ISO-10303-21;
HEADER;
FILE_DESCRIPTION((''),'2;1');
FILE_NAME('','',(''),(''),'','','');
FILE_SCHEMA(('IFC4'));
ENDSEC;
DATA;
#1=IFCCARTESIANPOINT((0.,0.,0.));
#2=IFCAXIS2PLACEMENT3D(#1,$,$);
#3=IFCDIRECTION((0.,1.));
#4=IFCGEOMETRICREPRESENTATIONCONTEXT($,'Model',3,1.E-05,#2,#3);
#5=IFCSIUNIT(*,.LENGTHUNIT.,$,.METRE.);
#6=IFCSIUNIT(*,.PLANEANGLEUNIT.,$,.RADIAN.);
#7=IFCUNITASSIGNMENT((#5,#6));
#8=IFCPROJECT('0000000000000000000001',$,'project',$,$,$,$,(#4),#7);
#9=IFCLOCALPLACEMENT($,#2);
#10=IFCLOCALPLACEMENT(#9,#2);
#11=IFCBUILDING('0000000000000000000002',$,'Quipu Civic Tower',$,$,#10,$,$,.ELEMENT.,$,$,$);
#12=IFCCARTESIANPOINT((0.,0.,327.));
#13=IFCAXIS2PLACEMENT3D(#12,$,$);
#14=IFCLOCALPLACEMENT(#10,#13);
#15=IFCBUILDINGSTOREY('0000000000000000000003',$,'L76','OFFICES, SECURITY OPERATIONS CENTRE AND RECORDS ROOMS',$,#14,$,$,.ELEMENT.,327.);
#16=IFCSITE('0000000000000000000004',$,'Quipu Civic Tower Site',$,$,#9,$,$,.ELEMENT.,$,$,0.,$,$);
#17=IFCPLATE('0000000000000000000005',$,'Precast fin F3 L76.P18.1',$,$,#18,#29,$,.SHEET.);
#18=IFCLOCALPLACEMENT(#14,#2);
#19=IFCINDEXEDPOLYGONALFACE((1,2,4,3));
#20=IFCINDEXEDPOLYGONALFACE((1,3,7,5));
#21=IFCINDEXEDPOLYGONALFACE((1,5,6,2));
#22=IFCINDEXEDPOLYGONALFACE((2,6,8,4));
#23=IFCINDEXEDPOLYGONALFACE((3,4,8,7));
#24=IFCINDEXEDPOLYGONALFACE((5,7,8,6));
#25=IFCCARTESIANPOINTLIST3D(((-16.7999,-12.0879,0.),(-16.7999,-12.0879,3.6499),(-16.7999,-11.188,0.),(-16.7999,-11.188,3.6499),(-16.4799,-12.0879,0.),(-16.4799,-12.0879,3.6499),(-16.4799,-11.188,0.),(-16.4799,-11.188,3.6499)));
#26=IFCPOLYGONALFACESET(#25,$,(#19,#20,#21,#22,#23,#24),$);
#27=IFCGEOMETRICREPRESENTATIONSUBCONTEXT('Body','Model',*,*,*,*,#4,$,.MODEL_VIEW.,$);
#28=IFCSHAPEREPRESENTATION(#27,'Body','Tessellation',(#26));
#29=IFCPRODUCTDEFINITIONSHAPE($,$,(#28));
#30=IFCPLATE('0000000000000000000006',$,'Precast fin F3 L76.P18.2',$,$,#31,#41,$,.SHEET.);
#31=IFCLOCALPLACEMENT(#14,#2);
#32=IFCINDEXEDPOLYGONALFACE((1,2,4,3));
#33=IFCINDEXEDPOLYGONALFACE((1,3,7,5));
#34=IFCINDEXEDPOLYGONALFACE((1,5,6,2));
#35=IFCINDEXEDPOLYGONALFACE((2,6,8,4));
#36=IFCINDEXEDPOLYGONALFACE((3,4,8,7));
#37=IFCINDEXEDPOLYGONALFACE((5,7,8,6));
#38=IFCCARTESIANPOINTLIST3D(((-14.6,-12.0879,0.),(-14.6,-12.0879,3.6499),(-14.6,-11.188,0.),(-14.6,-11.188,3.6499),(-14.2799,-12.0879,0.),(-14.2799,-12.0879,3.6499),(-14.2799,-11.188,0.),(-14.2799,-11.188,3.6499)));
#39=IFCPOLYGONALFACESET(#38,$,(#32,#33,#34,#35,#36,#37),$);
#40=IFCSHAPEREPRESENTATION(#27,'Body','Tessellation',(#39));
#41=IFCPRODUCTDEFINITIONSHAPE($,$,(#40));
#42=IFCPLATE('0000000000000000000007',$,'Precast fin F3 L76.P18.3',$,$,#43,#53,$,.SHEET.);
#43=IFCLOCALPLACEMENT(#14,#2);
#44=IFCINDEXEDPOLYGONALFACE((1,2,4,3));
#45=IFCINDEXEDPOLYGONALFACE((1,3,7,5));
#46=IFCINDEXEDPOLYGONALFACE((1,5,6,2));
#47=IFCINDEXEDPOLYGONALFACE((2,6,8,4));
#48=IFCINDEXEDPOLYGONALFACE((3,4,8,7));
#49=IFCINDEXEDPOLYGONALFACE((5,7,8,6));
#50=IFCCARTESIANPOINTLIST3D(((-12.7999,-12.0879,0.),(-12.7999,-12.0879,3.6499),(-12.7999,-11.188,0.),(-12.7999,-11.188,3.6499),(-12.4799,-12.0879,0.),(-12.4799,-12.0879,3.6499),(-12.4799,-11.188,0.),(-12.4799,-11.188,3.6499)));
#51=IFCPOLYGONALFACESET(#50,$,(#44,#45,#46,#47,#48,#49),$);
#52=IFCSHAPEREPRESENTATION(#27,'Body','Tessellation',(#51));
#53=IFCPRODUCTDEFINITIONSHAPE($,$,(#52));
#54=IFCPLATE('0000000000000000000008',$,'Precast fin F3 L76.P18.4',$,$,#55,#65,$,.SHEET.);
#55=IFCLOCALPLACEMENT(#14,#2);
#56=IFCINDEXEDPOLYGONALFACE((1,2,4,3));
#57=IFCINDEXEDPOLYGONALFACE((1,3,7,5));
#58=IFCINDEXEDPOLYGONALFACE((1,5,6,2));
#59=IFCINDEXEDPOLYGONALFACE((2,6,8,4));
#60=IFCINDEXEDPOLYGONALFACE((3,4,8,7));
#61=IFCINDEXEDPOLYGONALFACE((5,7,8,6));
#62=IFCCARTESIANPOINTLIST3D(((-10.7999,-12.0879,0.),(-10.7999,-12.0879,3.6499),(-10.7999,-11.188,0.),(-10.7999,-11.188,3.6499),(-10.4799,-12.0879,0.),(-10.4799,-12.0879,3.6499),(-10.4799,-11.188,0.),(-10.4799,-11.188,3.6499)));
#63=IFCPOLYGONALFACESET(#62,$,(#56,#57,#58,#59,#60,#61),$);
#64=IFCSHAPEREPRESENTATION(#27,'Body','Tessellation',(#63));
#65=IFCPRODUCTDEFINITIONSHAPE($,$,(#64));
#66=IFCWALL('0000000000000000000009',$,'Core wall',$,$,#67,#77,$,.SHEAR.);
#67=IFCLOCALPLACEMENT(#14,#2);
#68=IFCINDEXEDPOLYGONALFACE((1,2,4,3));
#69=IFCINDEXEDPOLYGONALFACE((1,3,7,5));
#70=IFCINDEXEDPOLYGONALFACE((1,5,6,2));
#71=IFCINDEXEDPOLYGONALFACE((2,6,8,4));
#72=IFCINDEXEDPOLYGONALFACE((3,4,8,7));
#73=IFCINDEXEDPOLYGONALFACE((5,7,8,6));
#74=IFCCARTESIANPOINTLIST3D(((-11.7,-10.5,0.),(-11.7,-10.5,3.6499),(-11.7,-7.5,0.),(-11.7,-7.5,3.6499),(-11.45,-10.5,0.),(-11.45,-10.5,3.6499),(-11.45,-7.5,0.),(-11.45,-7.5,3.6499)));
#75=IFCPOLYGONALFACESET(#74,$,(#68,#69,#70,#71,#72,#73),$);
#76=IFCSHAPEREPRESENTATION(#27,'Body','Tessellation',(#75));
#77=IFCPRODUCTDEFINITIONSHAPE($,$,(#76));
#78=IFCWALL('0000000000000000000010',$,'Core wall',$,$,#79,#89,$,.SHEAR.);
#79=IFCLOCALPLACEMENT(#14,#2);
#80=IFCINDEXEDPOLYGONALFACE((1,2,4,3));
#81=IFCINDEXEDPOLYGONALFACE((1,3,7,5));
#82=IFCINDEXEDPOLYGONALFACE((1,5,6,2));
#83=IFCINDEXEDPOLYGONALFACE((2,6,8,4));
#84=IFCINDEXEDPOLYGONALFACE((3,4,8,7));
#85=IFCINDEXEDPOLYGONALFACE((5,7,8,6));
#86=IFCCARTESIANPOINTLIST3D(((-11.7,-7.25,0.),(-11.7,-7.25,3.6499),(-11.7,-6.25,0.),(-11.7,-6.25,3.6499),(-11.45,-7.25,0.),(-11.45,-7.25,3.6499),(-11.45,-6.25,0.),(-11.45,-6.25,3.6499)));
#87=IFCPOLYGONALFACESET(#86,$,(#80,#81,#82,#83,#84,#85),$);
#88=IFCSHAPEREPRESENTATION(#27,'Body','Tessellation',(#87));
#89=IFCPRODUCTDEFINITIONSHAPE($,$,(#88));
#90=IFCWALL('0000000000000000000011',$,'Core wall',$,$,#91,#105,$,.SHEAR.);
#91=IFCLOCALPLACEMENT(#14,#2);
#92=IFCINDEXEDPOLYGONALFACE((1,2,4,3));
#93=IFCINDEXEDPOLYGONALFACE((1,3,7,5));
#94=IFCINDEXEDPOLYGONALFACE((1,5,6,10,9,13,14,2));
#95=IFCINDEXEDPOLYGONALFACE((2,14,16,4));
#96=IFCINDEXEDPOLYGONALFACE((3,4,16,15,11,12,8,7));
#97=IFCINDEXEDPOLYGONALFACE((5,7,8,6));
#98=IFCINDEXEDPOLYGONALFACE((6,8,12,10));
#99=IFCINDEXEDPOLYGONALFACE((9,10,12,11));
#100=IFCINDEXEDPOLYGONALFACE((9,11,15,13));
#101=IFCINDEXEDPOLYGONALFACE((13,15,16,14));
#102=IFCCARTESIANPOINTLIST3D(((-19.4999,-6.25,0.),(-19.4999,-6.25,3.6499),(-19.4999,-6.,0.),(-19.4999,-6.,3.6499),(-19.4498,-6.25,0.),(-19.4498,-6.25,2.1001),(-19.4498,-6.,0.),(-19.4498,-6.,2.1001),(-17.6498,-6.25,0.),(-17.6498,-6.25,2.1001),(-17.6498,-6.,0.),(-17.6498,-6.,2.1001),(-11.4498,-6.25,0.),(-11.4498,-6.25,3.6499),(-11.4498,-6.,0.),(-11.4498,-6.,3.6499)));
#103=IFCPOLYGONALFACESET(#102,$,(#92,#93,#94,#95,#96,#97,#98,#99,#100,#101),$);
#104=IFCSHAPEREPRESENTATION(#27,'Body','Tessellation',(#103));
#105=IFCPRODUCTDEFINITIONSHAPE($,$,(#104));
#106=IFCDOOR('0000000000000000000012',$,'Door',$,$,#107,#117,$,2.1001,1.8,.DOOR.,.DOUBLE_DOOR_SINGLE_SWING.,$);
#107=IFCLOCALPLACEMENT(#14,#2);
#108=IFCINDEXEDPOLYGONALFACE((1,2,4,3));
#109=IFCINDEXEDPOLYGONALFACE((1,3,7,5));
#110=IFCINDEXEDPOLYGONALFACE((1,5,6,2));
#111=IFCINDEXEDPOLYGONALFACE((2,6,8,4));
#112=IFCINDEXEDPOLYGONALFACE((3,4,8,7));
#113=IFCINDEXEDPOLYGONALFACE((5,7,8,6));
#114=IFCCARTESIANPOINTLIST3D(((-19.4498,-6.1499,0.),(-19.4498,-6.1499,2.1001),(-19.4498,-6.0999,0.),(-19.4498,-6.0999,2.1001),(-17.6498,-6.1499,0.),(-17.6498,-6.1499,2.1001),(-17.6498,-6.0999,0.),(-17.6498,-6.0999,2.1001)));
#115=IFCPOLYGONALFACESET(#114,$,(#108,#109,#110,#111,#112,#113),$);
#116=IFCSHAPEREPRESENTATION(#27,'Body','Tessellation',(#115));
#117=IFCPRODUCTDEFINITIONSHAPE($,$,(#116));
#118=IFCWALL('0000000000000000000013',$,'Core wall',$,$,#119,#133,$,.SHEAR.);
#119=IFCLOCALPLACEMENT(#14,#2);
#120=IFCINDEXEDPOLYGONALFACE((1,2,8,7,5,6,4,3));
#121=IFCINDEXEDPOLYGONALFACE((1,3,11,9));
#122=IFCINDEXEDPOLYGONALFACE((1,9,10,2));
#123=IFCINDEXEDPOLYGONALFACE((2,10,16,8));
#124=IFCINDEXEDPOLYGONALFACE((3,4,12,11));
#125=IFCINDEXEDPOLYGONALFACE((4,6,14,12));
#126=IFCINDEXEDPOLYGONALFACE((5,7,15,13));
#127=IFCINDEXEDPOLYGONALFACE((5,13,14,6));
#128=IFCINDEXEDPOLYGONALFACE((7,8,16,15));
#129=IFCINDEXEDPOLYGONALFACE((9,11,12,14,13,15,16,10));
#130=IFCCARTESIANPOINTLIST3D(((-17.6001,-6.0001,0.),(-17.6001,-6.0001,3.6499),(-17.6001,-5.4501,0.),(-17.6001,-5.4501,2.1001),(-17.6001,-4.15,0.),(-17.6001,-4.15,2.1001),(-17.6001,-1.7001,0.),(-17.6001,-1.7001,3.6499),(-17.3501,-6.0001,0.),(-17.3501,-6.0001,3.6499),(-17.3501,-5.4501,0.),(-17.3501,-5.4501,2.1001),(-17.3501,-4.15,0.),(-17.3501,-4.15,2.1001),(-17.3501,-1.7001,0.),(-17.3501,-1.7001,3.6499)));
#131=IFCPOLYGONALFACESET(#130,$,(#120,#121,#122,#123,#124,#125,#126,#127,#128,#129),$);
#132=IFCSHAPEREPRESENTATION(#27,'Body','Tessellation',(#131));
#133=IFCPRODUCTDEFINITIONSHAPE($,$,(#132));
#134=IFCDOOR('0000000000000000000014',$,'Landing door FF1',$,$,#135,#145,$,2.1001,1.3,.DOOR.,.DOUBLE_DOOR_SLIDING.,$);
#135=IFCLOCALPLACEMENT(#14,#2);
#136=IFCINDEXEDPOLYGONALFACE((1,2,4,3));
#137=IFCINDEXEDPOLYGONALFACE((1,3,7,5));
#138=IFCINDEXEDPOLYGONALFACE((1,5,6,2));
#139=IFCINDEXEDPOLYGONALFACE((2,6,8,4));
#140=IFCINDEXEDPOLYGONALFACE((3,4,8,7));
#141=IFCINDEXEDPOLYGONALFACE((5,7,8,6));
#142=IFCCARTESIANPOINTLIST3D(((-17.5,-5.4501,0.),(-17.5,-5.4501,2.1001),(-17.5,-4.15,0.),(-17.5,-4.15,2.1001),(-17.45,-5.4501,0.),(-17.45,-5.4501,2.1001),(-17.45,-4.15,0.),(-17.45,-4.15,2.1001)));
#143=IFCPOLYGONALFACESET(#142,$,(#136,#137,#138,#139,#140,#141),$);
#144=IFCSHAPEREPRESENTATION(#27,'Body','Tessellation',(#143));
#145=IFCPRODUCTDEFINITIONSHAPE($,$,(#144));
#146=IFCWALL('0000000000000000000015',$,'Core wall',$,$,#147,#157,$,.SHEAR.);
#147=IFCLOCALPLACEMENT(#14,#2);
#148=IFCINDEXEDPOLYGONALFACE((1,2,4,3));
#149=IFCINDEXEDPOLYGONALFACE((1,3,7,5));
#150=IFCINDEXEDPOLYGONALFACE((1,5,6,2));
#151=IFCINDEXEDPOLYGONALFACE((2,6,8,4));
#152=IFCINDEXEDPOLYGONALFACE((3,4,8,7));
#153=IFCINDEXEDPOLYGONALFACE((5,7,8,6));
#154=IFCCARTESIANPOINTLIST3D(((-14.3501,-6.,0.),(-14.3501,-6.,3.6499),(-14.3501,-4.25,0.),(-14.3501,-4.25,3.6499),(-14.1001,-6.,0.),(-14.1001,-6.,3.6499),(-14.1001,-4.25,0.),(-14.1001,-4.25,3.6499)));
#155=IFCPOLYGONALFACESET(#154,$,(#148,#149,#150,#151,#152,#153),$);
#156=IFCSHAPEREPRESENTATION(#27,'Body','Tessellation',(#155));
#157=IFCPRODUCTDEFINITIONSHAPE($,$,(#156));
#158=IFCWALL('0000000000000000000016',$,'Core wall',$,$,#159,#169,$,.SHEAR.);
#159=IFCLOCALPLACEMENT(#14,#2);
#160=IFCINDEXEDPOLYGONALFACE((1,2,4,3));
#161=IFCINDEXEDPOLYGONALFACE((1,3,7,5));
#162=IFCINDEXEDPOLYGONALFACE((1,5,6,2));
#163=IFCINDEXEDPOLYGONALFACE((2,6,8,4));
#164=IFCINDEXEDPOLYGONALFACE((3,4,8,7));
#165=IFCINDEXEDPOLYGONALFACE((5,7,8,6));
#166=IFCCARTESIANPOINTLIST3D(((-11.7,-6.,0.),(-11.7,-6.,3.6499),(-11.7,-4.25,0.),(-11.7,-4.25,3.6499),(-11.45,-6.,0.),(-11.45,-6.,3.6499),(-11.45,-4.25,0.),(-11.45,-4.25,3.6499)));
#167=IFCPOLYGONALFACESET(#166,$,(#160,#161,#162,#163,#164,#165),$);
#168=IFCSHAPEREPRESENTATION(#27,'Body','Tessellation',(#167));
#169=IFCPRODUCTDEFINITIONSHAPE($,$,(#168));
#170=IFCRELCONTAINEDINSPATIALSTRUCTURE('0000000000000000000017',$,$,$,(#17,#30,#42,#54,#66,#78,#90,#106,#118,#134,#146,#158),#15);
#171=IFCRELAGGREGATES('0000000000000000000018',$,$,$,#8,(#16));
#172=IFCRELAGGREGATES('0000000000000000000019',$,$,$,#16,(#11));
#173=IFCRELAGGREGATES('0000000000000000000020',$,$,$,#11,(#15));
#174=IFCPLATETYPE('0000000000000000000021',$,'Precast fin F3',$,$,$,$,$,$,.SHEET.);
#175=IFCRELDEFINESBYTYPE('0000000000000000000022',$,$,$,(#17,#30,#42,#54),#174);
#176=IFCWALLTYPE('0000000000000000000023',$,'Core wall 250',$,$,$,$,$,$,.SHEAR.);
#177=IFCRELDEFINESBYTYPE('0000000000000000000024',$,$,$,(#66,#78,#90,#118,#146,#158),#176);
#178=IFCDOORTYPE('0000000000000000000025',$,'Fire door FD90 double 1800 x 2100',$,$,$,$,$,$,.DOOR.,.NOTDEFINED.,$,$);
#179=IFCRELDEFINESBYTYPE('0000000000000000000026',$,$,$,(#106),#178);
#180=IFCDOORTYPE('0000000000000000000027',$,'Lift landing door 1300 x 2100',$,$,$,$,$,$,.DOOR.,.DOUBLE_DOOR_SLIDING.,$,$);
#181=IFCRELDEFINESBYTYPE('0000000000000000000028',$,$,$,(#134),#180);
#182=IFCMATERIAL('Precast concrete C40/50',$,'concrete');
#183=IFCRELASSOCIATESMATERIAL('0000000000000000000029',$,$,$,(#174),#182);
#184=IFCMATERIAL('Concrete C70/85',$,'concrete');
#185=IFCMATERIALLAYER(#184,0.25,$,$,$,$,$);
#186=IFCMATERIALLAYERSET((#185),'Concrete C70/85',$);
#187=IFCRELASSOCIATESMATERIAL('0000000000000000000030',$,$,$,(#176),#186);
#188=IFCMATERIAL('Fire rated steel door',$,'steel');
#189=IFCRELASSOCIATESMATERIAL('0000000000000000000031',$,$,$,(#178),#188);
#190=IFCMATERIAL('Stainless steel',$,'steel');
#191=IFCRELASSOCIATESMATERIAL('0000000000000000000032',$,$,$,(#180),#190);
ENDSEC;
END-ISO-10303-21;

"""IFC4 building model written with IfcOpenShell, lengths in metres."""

from ifc_helpers import new_model, si_unit, direction, frame, frame_2d, origin, origin_2d, place, context, subcontext, project, spatial, rectangle, extrude, material, layer, layer_set, type_object, element, fill, save


model = new_model("IFC4")

# Units and contexts
model_context = context("Model", 3, precision=1e-05, world=origin(), true_north=direction((0.0, 1.0)))
body_context = subcontext(model_context, "Body", "Model", "MODEL_VIEW")
ifc_project = project(units=[si_unit("LENGTHUNIT", "METRE"), si_unit("PLANEANGLEUNIT", "RADIAN")], contexts=[model_context])

# Site, building, storey
site_placement = place(None, origin())
site = spatial("IfcSite", under=ifc_project, at=site_placement, Name="Quipu Civic Tower Site", CompositionType="ELEMENT", RefElevation=0.0)
building_placement = place(site_placement, origin())
building = spatial("IfcBuilding", under=site, at=building_placement, Name="Quipu Civic Tower", CompositionType="ELEMENT")
storey_placement = place(building_placement, frame((0.0, 0.0, 327.0)))
storey = spatial("IfcBuildingStorey", under=building, at=storey_placement, Name="L76", Description="OFFICES, SECURITY OPERATIONS CENTRE AND RECORDS ROOMS", CompositionType="ELEMENT", Elevation=327.0)

# Plates
ifc_material_1 = material(Name="Precast concrete C40/50", Category="concrete")
plate_type = type_object("IfcPlateType", Name="Precast fin F3", PredefinedType="SHEET", material=ifc_material_1)
for number, where, z_axis, x_axis, name in (
    (1, (-16.6399, -11.6379, 0.0), (0.0, 0.0, 1.0), (1.0, 0.0, 0.0), "Precast fin F3 L76.P18.1"),
    (2, (-14.4399, -11.6379, 0.0), (0.0, 0.0, 1.0), (1.0, 0.0, 0.0), "Precast fin F3 L76.P18.2"),
    (3, (-12.6399, -11.6379, 0.0), (0.0, 0.0, 1.0), (1.0, 0.0, 0.0), "Precast fin F3 L76.P18.3"),
    (4, (-10.6399, -11.6379, 0.0), (0.0, 0.0, 1.0), (1.0, 0.0, 0.0), "Precast fin F3 L76.P18.4"),
):
    element("IfcPlate", number, at=place(storey_placement, frame(where, z_axis=z_axis, x_axis=x_axis)), inside=storey, type_object=plate_type, Name=name, PredefinedType="SHEET", context=body_context, shape_type="SweptSolid", body=[
        extrude(rectangle(XDim=0.3201, YDim=0.8999, at=origin_2d()), origin(), (0.0, 0.0, 1.0), 3.6499),
    ])

# Walls
ifc_material_2 = material(Name="Concrete C70/85", Category="concrete")
ifc_layer = layer(ifc_material_2, 0.25)
ifc_layer_set = layer_set([ifc_layer], Name="Concrete C70/85")
wall_type_1 = type_object("IfcWallType", Name="Core wall 250", PredefinedType="SHEAR", material=ifc_layer_set)
wall_1_placement = place(storey_placement, frame((-11.575, -10.5, 0.0), z_axis=(0.0, 0.0, 1.0), x_axis=(0.0, 1.0, 0.0)))
element("IfcWall", 5, at=wall_1_placement, inside=storey, type_object=wall_type_1, Name="Core wall", PredefinedType="SHEAR", context=body_context, shape_type="SweptSolid", body=[
    extrude(rectangle(XDim=3.0, YDim=0.25, at=frame_2d((1.5, 0.0))), origin(), (0.0, 0.0, 1.0), 3.6499),
])
wall_2_placement = place(storey_placement, frame((-11.575, -7.25, 0.0), z_axis=(0.0, 0.0, 1.0), x_axis=(0.0, 1.0, 0.0)))
element("IfcWall", 6, at=wall_2_placement, inside=storey, type_object=wall_type_1, Name="Core wall", PredefinedType="SHEAR", context=body_context, shape_type="SweptSolid", body=[
    extrude(rectangle(XDim=1.0, YDim=0.25, at=frame_2d((0.5, 0.0))), origin(), (0.0, 0.0, 1.0), 3.6499),
])

# Walls, openings, doors
wall_3_placement = place(storey_placement, frame((-11.45, -6.125, 0.0), z_axis=(0.0, 0.0, 1.0), x_axis=(-1.0, 0.0, 0.0)))
wall_3 = element("IfcWall", 7, at=wall_3_placement, inside=storey, type_object=wall_type_1, Name="Core wall", PredefinedType="SHEAR", context=body_context, shape_type="SweptSolid", body=[
    extrude(rectangle(XDim=8.05, YDim=0.25, at=frame_2d((4.0249, 0.0))), origin(), (0.0, 0.0, 1.0), 3.6499),
])
opening_1_placement = place(wall_3_placement, frame((6.2, 0.0, 0.0)))
opening_1 = element("IfcOpeningElement", 8, at=opening_1_placement, cuts=wall_3, PredefinedType="OPENING", context=body_context, shape_type="SweptSolid", body=[
    extrude(rectangle(XDim=1.8, YDim=2.1001, at=frame_2d((0.8999, 1.05))), frame((0.0, 0.135, 0.0), z_axis=(0.0, -1.0, 0.0), x_axis=(1.0, 0.0, 0.0)), (0.0, 0.0, 1.0), 0.27),
])
ifc_material_3 = material(Name="Fire rated steel door", Category="steel")
door_type_1 = type_object("IfcDoorType", Name="Fire door FD90 double 1800 x 2100", OperationType="NOTDEFINED", PredefinedType="DOOR", material=ifc_material_3)
door_1_placement = place(opening_1_placement, origin())
door_1 = element("IfcDoor", 9, at=door_1_placement, inside=storey, type_object=door_type_1, Name="Door", OperationType="DOUBLE_DOOR_SINGLE_SWING", OverallHeight=2.1001, OverallWidth=1.8, PredefinedType="DOOR", context=body_context, shape_type="SweptSolid", body=[
    extrude(rectangle(XDim=1.8, YDim=2.1001, at=frame_2d((0.8999, 1.05))), frame((0.0, 0.0249, 0.0), z_axis=(0.0, -1.0, 0.0), x_axis=(1.0, 0.0, 0.0)), (0.0, 0.0, 1.0), 0.05),
])
fill(opening_1, door_1)
wall_4_placement = place(storey_placement, frame((-17.4751, -6.0, 0.0), z_axis=(0.0, 0.0, 1.0), x_axis=(0.0, 1.0, 0.0)))
wall_4 = element("IfcWall", 10, at=wall_4_placement, inside=storey, type_object=wall_type_1, Name="Core wall", PredefinedType="SHEAR", context=body_context, shape_type="SweptSolid", body=[
    extrude(rectangle(XDim=4.3, YDim=0.25, at=frame_2d((2.1499, 0.0))), origin(), (0.0, 0.0, 1.0), 3.6499),
])
opening_2_placement = place(wall_4_placement, frame((0.55, 0.0, 0.0)))
opening_2 = element("IfcOpeningElement", 11, at=opening_2_placement, cuts=wall_4, PredefinedType="OPENING", context=body_context, shape_type="SweptSolid", body=[
    extrude(rectangle(XDim=1.3, YDim=2.1001, at=frame_2d((0.6499, 1.05))), frame((0.0, 0.135, 0.0), z_axis=(0.0, -1.0, 0.0), x_axis=(1.0, 0.0, 0.0)), (0.0, 0.0, 1.0), 0.27),
])
ifc_material_4 = material(Name="Stainless steel", Category="steel")
door_type_2 = type_object("IfcDoorType", Name="Lift landing door 1300 x 2100", OperationType="DOUBLE_DOOR_SLIDING", PredefinedType="DOOR", material=ifc_material_4)
door_2_placement = place(opening_2_placement, origin())
door_2 = element("IfcDoor", 12, at=door_2_placement, inside=storey, type_object=door_type_2, Name="Landing door FF1", OperationType="DOUBLE_DOOR_SLIDING", OverallHeight=2.1001, OverallWidth=1.3, PredefinedType="DOOR", context=body_context, shape_type="SweptSolid", body=[
    extrude(rectangle(XDim=1.3, YDim=2.1001, at=frame_2d((0.6499, 1.05))), frame((0.0, 0.0249, 0.0), z_axis=(0.0, -1.0, 0.0), x_axis=(1.0, 0.0, 0.0)), (0.0, 0.0, 1.0), 0.05),
])
fill(opening_2, door_2)

# Walls
for number, where, z_axis, x_axis, name in (
    (13, (-14.2251, -6.0, 0.0), (0.0, 0.0, 1.0), (0.0, 1.0, 0.0), "Core wall"),
    (14, (-11.575, -6.0, 0.0), (0.0, 0.0, 1.0), (0.0, 1.0, 0.0), "Core wall"),
):
    element("IfcWall", number, at=place(storey_placement, frame(where, z_axis=z_axis, x_axis=x_axis)), inside=storey, type_object=wall_type_1, Name=name, PredefinedType="SHEAR", context=body_context, shape_type="SweptSolid", body=[
        extrude(rectangle(XDim=1.75, YDim=0.25, at=frame_2d((0.875, 0.0))), origin(), (0.0, 0.0, 1.0), 3.6499),
    ])

save(model, "model.ifc")
